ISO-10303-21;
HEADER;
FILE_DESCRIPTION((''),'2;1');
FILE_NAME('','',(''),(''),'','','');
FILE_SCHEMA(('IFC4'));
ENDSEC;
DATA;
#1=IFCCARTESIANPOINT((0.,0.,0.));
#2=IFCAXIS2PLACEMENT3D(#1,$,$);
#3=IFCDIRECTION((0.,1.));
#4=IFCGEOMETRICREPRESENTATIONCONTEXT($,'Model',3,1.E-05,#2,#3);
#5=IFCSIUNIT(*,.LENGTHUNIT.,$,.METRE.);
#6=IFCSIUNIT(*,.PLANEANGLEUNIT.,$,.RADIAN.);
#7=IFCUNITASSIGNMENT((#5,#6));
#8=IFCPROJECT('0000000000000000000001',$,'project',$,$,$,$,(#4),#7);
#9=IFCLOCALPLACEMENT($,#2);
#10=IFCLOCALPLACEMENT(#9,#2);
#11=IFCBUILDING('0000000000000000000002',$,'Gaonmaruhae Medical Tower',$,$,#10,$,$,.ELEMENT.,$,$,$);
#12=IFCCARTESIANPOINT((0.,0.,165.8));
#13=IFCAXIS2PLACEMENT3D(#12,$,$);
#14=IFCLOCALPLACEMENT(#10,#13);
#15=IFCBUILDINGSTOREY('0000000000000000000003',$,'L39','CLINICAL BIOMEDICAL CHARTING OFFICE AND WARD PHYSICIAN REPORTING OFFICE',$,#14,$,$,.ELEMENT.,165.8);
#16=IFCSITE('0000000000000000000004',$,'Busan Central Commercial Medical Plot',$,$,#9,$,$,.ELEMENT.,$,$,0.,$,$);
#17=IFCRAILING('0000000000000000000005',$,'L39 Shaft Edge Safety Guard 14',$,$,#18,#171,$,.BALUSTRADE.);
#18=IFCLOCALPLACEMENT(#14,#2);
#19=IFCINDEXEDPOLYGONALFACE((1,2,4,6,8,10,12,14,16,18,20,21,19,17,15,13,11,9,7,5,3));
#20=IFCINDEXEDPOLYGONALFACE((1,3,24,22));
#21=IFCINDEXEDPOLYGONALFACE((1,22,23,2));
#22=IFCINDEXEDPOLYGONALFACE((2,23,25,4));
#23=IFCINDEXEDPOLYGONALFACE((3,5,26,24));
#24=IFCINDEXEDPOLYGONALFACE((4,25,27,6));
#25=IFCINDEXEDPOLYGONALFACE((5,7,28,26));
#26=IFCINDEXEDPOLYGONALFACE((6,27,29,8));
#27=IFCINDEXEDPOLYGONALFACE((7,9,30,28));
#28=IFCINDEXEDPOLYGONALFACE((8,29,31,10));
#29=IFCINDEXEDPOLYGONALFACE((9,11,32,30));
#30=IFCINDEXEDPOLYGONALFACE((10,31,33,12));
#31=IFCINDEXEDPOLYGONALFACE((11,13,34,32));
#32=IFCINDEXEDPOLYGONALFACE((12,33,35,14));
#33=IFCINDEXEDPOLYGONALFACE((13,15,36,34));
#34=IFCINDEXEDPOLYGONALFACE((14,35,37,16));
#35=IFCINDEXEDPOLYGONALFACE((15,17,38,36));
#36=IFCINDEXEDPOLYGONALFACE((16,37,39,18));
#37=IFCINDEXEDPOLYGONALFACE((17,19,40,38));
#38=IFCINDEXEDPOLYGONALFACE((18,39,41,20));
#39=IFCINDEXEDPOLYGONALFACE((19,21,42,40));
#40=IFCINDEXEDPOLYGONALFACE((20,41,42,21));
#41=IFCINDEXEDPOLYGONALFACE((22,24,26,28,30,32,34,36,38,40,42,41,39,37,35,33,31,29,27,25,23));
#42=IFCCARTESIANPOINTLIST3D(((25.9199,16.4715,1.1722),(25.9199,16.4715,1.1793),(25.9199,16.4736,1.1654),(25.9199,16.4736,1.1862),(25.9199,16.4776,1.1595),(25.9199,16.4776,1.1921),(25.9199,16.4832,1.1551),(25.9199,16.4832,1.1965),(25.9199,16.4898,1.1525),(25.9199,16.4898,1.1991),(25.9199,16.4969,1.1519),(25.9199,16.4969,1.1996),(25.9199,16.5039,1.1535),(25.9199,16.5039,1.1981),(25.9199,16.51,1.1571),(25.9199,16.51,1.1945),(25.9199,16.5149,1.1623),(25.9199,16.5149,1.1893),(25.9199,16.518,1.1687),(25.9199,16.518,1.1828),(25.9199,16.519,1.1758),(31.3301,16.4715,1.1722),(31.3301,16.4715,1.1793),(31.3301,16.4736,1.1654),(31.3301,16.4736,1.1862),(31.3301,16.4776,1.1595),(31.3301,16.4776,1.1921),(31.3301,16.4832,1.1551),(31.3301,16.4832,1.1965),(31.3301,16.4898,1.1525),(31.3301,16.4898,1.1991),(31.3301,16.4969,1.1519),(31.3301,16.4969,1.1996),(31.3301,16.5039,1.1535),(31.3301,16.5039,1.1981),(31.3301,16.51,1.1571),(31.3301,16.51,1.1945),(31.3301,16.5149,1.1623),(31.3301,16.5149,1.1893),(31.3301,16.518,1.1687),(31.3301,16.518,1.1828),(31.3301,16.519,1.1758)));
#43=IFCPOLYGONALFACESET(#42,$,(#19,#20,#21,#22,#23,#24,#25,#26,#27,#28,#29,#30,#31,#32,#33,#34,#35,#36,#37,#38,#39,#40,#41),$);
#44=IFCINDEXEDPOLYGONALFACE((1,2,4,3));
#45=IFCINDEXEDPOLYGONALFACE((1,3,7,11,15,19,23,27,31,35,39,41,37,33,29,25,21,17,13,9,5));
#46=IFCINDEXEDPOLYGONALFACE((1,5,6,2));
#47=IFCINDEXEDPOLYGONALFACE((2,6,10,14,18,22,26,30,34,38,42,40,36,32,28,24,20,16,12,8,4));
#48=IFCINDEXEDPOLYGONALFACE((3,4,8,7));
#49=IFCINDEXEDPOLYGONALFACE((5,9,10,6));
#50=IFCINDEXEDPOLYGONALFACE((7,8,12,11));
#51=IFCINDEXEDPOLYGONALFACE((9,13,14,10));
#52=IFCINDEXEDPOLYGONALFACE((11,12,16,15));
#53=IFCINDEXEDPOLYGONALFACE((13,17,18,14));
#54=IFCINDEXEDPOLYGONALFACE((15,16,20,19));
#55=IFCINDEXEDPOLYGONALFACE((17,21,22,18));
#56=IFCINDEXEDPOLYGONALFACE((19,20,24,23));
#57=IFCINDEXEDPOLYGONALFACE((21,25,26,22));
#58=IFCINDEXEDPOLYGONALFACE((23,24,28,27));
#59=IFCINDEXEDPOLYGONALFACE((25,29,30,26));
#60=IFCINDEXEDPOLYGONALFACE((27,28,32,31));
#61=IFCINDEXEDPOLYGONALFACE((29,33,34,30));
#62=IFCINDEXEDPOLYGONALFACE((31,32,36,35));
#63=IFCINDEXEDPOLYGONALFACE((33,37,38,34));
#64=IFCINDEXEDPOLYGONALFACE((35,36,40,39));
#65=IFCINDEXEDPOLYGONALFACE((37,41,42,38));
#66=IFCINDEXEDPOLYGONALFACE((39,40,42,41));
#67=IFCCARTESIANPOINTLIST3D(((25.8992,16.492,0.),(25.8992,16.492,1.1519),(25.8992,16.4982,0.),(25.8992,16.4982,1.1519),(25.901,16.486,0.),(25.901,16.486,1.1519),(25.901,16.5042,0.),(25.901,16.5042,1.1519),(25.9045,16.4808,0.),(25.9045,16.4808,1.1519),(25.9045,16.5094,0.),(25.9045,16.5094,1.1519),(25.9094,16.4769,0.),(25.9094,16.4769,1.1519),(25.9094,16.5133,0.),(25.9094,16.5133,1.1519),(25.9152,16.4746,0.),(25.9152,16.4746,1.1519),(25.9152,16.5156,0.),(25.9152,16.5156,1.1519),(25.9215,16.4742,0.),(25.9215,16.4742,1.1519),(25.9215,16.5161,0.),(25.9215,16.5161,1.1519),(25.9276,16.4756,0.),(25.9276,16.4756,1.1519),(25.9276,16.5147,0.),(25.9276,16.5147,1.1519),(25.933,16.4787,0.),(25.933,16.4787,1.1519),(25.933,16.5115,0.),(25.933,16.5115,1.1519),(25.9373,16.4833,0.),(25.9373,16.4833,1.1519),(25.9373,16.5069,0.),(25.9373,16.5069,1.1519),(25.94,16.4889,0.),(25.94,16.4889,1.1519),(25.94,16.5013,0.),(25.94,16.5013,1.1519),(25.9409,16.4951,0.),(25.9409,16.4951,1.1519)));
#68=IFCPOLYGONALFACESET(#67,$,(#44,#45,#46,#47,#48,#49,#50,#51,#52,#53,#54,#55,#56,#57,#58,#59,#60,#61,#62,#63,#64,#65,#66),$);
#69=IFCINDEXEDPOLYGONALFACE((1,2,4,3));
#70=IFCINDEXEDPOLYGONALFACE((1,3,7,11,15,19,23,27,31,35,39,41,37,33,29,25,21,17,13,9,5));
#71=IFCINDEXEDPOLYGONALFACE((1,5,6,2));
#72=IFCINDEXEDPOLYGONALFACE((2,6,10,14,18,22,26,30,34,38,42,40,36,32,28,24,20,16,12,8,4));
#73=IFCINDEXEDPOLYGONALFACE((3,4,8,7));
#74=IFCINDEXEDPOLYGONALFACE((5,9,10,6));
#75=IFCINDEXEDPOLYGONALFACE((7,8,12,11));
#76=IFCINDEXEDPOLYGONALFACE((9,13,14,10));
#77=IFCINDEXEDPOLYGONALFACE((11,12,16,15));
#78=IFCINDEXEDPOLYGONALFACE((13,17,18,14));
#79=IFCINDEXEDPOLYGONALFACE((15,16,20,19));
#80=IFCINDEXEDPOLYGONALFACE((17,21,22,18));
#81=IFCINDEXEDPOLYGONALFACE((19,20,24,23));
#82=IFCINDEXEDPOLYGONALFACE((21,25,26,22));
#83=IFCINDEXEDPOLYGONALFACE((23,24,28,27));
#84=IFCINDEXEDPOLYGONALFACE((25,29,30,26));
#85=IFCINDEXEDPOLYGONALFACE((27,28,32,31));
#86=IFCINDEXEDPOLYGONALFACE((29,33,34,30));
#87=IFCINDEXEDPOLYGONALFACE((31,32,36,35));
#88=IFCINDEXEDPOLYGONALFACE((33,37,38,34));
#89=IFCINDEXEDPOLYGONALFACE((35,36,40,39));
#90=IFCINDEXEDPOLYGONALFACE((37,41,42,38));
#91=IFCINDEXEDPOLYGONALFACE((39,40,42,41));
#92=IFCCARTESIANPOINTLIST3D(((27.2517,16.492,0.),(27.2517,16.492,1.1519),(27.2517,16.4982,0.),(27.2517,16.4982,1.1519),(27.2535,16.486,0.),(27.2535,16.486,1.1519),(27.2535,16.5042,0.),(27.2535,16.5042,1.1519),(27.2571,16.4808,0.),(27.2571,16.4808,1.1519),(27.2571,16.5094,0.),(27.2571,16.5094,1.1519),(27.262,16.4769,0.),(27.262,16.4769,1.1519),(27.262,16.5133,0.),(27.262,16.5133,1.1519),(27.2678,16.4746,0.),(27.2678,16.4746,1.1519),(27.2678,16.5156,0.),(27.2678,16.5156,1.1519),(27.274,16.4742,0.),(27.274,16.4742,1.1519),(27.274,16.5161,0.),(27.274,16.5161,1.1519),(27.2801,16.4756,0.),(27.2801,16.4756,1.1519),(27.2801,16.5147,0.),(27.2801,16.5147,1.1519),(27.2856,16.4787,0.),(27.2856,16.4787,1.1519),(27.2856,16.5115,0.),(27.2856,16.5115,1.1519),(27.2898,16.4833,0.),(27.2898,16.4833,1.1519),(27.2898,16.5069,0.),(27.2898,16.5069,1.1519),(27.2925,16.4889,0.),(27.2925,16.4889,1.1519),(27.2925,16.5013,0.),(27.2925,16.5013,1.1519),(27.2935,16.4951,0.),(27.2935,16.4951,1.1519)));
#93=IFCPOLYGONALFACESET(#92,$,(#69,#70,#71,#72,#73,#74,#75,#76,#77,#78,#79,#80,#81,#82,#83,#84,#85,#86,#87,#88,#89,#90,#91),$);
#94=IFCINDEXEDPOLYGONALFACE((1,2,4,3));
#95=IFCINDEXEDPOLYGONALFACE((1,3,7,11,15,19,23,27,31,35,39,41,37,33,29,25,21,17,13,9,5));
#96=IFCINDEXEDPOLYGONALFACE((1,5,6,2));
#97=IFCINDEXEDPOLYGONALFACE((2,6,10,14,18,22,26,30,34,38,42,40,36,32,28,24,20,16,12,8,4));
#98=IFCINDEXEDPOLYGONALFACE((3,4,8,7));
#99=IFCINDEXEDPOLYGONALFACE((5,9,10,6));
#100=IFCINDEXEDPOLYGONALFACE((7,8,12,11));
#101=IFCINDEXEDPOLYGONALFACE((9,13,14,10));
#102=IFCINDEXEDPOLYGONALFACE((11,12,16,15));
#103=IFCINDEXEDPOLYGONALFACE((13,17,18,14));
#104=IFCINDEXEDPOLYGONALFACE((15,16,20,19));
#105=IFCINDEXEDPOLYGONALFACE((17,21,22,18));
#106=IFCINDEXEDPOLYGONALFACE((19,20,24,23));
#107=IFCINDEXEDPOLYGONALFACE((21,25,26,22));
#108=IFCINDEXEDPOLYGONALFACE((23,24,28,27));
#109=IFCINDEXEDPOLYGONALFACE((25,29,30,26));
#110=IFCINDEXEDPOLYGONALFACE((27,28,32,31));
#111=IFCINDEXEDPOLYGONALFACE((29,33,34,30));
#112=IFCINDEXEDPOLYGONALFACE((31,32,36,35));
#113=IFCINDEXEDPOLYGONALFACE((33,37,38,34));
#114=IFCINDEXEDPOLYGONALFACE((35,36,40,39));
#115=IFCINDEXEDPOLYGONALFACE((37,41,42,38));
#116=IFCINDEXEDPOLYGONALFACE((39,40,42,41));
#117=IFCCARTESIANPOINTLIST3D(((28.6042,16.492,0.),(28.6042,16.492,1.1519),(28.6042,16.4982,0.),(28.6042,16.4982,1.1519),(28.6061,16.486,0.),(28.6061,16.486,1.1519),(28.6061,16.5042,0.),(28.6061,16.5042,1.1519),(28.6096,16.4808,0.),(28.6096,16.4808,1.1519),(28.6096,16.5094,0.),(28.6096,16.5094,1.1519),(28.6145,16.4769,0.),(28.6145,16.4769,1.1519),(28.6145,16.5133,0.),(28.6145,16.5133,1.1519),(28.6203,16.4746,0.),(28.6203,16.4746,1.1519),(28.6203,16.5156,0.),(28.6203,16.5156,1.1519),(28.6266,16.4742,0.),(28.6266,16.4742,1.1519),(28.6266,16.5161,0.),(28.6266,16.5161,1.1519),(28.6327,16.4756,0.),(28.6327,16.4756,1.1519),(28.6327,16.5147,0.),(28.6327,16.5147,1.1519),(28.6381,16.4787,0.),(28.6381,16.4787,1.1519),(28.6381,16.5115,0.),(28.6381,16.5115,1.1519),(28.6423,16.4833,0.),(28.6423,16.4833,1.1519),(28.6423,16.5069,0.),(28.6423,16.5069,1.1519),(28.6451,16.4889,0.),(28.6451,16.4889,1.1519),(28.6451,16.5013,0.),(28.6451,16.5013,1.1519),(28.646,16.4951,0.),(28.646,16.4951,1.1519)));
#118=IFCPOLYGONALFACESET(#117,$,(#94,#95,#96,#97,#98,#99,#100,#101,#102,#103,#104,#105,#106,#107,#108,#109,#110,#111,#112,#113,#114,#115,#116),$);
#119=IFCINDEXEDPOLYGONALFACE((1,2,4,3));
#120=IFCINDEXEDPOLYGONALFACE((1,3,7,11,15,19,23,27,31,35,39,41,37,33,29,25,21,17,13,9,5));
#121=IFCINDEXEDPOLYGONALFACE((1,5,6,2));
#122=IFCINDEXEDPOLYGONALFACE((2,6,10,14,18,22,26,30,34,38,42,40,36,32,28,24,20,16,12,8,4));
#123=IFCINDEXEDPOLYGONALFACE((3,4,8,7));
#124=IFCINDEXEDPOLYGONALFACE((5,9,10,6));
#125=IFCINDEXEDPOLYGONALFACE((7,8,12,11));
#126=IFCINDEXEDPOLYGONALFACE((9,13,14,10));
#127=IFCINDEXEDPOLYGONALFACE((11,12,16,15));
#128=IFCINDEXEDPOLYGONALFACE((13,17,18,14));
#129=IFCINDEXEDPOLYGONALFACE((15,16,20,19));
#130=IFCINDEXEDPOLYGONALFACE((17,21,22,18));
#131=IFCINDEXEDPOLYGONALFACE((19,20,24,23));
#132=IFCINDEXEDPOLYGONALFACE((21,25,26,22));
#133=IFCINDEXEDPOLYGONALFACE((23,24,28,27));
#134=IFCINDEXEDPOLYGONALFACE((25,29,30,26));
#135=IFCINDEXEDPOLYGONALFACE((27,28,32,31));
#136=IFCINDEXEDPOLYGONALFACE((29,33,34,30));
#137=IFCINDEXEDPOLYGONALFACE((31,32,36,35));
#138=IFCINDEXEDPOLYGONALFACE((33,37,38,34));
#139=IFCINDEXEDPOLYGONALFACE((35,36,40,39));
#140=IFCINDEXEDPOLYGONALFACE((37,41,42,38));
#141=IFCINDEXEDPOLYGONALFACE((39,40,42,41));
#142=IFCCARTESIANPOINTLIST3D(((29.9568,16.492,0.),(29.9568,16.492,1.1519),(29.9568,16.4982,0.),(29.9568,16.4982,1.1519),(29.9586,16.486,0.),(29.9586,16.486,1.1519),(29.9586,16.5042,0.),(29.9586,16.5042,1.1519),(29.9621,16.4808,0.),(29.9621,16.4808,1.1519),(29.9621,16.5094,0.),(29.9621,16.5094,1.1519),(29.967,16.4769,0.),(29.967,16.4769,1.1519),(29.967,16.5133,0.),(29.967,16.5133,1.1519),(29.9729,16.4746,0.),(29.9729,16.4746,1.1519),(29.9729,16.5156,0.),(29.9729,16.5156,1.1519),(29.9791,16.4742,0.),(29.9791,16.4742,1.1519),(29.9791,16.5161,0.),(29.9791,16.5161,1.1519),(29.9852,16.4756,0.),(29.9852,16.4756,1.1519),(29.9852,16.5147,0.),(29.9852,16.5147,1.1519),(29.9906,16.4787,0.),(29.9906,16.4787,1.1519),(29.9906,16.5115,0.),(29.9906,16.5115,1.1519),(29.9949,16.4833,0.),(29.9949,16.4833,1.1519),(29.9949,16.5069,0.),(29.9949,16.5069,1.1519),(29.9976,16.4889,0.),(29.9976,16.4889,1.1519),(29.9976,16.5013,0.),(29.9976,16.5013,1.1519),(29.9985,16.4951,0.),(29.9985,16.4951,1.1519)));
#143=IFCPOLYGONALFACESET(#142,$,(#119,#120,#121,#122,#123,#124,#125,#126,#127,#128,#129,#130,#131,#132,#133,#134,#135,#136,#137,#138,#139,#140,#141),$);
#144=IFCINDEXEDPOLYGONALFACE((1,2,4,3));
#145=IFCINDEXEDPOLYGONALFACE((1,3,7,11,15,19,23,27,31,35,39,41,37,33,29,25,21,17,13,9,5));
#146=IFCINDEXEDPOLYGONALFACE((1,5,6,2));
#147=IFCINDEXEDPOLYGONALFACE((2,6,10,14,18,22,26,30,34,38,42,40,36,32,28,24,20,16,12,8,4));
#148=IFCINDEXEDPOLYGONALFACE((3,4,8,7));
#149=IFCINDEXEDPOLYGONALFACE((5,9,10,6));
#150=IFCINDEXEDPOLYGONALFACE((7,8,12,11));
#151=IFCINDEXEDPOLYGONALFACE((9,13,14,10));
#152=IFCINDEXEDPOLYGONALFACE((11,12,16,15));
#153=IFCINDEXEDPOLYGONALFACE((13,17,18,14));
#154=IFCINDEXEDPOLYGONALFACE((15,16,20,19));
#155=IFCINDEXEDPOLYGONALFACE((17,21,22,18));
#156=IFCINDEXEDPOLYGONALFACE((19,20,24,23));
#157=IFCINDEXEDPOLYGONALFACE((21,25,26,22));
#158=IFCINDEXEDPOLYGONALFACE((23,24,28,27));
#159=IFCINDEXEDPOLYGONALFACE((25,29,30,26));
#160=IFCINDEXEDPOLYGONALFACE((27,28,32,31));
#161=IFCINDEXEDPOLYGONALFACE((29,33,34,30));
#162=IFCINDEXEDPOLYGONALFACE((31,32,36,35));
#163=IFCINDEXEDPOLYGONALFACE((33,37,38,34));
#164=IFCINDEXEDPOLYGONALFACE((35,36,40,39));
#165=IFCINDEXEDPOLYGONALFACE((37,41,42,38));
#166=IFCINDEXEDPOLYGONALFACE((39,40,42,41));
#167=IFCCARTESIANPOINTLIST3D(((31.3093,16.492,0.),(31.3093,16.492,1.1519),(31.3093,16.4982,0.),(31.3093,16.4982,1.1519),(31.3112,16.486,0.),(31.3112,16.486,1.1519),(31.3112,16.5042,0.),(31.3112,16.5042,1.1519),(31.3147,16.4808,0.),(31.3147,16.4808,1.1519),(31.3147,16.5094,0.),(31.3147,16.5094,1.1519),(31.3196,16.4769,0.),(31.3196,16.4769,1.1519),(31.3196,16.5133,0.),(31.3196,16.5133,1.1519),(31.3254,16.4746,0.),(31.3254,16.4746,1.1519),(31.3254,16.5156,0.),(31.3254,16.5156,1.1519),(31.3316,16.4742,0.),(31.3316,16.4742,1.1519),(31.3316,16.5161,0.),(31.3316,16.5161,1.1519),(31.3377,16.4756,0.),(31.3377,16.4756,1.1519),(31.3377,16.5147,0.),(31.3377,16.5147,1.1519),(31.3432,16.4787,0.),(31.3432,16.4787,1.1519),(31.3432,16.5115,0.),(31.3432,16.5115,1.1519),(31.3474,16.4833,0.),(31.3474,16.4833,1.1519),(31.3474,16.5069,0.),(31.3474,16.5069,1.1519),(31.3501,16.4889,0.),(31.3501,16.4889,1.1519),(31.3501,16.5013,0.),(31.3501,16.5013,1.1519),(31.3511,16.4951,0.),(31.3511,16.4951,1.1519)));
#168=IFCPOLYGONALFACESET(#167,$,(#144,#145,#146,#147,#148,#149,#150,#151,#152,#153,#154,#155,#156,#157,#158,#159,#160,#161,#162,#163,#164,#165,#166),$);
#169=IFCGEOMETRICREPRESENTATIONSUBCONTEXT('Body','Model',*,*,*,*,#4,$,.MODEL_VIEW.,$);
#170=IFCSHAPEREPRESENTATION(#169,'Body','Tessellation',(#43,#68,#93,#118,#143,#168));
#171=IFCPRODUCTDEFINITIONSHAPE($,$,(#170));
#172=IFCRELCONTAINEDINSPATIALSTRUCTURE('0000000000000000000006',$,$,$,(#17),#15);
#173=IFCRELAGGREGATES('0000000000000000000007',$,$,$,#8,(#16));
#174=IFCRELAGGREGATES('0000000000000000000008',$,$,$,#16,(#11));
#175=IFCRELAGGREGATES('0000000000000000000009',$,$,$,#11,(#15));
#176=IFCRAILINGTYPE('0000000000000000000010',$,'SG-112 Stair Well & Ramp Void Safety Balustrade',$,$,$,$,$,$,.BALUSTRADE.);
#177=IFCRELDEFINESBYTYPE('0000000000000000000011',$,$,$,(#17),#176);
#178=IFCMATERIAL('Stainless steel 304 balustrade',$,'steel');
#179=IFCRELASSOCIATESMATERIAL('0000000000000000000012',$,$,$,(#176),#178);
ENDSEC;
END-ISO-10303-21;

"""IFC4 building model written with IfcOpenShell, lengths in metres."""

from ifc_helpers import new_model, si_unit, direction, frame, origin, origin_2d, place, context, subcontext, project, spatial, circle, extrude, material, type_object, element, save


model = new_model("IFC4")

# Units and contexts
model_context = context("Model", 3, precision=1e-05, world=origin(), true_north=direction((0.0, 1.0)))
body_context = subcontext(model_context, "Body", "Model", "MODEL_VIEW")
ifc_project = project(units=[si_unit("LENGTHUNIT", "METRE"), si_unit("PLANEANGLEUNIT", "RADIAN")], contexts=[model_context])

# Site, building, storey
site_placement = place(None, origin())
site = spatial("IfcSite", under=ifc_project, at=site_placement, Name="Busan Central Commercial Medical Plot", CompositionType="ELEMENT", RefElevation=0.0)
building_placement = place(site_placement, origin())
building = spatial("IfcBuilding", under=site, at=building_placement, Name="Gaonmaruhae Medical Tower", CompositionType="ELEMENT")
storey_placement = place(building_placement, frame((0.0, 0.0, 165.8)))
storey = spatial("IfcBuildingStorey", under=building, at=storey_placement, Name="L39", Description="CLINICAL BIOMEDICAL CHARTING OFFICE AND WARD PHYSICIAN REPORTING OFFICE", CompositionType="ELEMENT", Elevation=165.8)

# Railing
ifc_material_1 = material(Name="Stainless steel 304 balustrade", Category="steel")
railing_type = type_object("IfcRailingType", Name="SG-112 Stair Well & Ramp Void Safety Balustrade", PredefinedType="BALUSTRADE", material=ifc_material_1)
railing_1_placement = place(storey_placement, frame((25.9199, 16.4951, 0.0)))
element("IfcRailing", 1, at=railing_1_placement, inside=storey, type_object=railing_type, Name="L39 Shaft Edge Safety Guard 14", PredefinedType="BALUSTRADE", context=body_context, shape_type="SweptSolid", body=[
    extrude(circle(Radius=0.0239, at=origin_2d()), frame((0.0, 0.0, 1.1758), z_axis=(1.0, 0.0, 0.0), x_axis=(0.0, 1.0, 0.0)), (0.0, 0.0, 1.0), 5.4102),
    extrude(circle(Radius=0.021, at=origin_2d()), origin(), (0.0, 0.0, 1.0), 1.1519),
    extrude(circle(Radius=0.021, at=origin_2d()), frame((1.3525, 0.0, 0.0)), (0.0, 0.0, 1.0), 1.1519),
    extrude(circle(Radius=0.021, at=origin_2d()), frame((2.7051, 0.0, 0.0)), (0.0, 0.0, 1.0), 1.1519),
    extrude(circle(Radius=0.021, at=origin_2d()), frame((4.0576, 0.0, 0.0)), (0.0, 0.0, 1.0), 1.1519),
    extrude(circle(Radius=0.021, at=origin_2d()), frame((5.4102, 0.0, 0.0)), (0.0, 0.0, 1.0), 1.1519),
])

save(model, "model.ifc")
